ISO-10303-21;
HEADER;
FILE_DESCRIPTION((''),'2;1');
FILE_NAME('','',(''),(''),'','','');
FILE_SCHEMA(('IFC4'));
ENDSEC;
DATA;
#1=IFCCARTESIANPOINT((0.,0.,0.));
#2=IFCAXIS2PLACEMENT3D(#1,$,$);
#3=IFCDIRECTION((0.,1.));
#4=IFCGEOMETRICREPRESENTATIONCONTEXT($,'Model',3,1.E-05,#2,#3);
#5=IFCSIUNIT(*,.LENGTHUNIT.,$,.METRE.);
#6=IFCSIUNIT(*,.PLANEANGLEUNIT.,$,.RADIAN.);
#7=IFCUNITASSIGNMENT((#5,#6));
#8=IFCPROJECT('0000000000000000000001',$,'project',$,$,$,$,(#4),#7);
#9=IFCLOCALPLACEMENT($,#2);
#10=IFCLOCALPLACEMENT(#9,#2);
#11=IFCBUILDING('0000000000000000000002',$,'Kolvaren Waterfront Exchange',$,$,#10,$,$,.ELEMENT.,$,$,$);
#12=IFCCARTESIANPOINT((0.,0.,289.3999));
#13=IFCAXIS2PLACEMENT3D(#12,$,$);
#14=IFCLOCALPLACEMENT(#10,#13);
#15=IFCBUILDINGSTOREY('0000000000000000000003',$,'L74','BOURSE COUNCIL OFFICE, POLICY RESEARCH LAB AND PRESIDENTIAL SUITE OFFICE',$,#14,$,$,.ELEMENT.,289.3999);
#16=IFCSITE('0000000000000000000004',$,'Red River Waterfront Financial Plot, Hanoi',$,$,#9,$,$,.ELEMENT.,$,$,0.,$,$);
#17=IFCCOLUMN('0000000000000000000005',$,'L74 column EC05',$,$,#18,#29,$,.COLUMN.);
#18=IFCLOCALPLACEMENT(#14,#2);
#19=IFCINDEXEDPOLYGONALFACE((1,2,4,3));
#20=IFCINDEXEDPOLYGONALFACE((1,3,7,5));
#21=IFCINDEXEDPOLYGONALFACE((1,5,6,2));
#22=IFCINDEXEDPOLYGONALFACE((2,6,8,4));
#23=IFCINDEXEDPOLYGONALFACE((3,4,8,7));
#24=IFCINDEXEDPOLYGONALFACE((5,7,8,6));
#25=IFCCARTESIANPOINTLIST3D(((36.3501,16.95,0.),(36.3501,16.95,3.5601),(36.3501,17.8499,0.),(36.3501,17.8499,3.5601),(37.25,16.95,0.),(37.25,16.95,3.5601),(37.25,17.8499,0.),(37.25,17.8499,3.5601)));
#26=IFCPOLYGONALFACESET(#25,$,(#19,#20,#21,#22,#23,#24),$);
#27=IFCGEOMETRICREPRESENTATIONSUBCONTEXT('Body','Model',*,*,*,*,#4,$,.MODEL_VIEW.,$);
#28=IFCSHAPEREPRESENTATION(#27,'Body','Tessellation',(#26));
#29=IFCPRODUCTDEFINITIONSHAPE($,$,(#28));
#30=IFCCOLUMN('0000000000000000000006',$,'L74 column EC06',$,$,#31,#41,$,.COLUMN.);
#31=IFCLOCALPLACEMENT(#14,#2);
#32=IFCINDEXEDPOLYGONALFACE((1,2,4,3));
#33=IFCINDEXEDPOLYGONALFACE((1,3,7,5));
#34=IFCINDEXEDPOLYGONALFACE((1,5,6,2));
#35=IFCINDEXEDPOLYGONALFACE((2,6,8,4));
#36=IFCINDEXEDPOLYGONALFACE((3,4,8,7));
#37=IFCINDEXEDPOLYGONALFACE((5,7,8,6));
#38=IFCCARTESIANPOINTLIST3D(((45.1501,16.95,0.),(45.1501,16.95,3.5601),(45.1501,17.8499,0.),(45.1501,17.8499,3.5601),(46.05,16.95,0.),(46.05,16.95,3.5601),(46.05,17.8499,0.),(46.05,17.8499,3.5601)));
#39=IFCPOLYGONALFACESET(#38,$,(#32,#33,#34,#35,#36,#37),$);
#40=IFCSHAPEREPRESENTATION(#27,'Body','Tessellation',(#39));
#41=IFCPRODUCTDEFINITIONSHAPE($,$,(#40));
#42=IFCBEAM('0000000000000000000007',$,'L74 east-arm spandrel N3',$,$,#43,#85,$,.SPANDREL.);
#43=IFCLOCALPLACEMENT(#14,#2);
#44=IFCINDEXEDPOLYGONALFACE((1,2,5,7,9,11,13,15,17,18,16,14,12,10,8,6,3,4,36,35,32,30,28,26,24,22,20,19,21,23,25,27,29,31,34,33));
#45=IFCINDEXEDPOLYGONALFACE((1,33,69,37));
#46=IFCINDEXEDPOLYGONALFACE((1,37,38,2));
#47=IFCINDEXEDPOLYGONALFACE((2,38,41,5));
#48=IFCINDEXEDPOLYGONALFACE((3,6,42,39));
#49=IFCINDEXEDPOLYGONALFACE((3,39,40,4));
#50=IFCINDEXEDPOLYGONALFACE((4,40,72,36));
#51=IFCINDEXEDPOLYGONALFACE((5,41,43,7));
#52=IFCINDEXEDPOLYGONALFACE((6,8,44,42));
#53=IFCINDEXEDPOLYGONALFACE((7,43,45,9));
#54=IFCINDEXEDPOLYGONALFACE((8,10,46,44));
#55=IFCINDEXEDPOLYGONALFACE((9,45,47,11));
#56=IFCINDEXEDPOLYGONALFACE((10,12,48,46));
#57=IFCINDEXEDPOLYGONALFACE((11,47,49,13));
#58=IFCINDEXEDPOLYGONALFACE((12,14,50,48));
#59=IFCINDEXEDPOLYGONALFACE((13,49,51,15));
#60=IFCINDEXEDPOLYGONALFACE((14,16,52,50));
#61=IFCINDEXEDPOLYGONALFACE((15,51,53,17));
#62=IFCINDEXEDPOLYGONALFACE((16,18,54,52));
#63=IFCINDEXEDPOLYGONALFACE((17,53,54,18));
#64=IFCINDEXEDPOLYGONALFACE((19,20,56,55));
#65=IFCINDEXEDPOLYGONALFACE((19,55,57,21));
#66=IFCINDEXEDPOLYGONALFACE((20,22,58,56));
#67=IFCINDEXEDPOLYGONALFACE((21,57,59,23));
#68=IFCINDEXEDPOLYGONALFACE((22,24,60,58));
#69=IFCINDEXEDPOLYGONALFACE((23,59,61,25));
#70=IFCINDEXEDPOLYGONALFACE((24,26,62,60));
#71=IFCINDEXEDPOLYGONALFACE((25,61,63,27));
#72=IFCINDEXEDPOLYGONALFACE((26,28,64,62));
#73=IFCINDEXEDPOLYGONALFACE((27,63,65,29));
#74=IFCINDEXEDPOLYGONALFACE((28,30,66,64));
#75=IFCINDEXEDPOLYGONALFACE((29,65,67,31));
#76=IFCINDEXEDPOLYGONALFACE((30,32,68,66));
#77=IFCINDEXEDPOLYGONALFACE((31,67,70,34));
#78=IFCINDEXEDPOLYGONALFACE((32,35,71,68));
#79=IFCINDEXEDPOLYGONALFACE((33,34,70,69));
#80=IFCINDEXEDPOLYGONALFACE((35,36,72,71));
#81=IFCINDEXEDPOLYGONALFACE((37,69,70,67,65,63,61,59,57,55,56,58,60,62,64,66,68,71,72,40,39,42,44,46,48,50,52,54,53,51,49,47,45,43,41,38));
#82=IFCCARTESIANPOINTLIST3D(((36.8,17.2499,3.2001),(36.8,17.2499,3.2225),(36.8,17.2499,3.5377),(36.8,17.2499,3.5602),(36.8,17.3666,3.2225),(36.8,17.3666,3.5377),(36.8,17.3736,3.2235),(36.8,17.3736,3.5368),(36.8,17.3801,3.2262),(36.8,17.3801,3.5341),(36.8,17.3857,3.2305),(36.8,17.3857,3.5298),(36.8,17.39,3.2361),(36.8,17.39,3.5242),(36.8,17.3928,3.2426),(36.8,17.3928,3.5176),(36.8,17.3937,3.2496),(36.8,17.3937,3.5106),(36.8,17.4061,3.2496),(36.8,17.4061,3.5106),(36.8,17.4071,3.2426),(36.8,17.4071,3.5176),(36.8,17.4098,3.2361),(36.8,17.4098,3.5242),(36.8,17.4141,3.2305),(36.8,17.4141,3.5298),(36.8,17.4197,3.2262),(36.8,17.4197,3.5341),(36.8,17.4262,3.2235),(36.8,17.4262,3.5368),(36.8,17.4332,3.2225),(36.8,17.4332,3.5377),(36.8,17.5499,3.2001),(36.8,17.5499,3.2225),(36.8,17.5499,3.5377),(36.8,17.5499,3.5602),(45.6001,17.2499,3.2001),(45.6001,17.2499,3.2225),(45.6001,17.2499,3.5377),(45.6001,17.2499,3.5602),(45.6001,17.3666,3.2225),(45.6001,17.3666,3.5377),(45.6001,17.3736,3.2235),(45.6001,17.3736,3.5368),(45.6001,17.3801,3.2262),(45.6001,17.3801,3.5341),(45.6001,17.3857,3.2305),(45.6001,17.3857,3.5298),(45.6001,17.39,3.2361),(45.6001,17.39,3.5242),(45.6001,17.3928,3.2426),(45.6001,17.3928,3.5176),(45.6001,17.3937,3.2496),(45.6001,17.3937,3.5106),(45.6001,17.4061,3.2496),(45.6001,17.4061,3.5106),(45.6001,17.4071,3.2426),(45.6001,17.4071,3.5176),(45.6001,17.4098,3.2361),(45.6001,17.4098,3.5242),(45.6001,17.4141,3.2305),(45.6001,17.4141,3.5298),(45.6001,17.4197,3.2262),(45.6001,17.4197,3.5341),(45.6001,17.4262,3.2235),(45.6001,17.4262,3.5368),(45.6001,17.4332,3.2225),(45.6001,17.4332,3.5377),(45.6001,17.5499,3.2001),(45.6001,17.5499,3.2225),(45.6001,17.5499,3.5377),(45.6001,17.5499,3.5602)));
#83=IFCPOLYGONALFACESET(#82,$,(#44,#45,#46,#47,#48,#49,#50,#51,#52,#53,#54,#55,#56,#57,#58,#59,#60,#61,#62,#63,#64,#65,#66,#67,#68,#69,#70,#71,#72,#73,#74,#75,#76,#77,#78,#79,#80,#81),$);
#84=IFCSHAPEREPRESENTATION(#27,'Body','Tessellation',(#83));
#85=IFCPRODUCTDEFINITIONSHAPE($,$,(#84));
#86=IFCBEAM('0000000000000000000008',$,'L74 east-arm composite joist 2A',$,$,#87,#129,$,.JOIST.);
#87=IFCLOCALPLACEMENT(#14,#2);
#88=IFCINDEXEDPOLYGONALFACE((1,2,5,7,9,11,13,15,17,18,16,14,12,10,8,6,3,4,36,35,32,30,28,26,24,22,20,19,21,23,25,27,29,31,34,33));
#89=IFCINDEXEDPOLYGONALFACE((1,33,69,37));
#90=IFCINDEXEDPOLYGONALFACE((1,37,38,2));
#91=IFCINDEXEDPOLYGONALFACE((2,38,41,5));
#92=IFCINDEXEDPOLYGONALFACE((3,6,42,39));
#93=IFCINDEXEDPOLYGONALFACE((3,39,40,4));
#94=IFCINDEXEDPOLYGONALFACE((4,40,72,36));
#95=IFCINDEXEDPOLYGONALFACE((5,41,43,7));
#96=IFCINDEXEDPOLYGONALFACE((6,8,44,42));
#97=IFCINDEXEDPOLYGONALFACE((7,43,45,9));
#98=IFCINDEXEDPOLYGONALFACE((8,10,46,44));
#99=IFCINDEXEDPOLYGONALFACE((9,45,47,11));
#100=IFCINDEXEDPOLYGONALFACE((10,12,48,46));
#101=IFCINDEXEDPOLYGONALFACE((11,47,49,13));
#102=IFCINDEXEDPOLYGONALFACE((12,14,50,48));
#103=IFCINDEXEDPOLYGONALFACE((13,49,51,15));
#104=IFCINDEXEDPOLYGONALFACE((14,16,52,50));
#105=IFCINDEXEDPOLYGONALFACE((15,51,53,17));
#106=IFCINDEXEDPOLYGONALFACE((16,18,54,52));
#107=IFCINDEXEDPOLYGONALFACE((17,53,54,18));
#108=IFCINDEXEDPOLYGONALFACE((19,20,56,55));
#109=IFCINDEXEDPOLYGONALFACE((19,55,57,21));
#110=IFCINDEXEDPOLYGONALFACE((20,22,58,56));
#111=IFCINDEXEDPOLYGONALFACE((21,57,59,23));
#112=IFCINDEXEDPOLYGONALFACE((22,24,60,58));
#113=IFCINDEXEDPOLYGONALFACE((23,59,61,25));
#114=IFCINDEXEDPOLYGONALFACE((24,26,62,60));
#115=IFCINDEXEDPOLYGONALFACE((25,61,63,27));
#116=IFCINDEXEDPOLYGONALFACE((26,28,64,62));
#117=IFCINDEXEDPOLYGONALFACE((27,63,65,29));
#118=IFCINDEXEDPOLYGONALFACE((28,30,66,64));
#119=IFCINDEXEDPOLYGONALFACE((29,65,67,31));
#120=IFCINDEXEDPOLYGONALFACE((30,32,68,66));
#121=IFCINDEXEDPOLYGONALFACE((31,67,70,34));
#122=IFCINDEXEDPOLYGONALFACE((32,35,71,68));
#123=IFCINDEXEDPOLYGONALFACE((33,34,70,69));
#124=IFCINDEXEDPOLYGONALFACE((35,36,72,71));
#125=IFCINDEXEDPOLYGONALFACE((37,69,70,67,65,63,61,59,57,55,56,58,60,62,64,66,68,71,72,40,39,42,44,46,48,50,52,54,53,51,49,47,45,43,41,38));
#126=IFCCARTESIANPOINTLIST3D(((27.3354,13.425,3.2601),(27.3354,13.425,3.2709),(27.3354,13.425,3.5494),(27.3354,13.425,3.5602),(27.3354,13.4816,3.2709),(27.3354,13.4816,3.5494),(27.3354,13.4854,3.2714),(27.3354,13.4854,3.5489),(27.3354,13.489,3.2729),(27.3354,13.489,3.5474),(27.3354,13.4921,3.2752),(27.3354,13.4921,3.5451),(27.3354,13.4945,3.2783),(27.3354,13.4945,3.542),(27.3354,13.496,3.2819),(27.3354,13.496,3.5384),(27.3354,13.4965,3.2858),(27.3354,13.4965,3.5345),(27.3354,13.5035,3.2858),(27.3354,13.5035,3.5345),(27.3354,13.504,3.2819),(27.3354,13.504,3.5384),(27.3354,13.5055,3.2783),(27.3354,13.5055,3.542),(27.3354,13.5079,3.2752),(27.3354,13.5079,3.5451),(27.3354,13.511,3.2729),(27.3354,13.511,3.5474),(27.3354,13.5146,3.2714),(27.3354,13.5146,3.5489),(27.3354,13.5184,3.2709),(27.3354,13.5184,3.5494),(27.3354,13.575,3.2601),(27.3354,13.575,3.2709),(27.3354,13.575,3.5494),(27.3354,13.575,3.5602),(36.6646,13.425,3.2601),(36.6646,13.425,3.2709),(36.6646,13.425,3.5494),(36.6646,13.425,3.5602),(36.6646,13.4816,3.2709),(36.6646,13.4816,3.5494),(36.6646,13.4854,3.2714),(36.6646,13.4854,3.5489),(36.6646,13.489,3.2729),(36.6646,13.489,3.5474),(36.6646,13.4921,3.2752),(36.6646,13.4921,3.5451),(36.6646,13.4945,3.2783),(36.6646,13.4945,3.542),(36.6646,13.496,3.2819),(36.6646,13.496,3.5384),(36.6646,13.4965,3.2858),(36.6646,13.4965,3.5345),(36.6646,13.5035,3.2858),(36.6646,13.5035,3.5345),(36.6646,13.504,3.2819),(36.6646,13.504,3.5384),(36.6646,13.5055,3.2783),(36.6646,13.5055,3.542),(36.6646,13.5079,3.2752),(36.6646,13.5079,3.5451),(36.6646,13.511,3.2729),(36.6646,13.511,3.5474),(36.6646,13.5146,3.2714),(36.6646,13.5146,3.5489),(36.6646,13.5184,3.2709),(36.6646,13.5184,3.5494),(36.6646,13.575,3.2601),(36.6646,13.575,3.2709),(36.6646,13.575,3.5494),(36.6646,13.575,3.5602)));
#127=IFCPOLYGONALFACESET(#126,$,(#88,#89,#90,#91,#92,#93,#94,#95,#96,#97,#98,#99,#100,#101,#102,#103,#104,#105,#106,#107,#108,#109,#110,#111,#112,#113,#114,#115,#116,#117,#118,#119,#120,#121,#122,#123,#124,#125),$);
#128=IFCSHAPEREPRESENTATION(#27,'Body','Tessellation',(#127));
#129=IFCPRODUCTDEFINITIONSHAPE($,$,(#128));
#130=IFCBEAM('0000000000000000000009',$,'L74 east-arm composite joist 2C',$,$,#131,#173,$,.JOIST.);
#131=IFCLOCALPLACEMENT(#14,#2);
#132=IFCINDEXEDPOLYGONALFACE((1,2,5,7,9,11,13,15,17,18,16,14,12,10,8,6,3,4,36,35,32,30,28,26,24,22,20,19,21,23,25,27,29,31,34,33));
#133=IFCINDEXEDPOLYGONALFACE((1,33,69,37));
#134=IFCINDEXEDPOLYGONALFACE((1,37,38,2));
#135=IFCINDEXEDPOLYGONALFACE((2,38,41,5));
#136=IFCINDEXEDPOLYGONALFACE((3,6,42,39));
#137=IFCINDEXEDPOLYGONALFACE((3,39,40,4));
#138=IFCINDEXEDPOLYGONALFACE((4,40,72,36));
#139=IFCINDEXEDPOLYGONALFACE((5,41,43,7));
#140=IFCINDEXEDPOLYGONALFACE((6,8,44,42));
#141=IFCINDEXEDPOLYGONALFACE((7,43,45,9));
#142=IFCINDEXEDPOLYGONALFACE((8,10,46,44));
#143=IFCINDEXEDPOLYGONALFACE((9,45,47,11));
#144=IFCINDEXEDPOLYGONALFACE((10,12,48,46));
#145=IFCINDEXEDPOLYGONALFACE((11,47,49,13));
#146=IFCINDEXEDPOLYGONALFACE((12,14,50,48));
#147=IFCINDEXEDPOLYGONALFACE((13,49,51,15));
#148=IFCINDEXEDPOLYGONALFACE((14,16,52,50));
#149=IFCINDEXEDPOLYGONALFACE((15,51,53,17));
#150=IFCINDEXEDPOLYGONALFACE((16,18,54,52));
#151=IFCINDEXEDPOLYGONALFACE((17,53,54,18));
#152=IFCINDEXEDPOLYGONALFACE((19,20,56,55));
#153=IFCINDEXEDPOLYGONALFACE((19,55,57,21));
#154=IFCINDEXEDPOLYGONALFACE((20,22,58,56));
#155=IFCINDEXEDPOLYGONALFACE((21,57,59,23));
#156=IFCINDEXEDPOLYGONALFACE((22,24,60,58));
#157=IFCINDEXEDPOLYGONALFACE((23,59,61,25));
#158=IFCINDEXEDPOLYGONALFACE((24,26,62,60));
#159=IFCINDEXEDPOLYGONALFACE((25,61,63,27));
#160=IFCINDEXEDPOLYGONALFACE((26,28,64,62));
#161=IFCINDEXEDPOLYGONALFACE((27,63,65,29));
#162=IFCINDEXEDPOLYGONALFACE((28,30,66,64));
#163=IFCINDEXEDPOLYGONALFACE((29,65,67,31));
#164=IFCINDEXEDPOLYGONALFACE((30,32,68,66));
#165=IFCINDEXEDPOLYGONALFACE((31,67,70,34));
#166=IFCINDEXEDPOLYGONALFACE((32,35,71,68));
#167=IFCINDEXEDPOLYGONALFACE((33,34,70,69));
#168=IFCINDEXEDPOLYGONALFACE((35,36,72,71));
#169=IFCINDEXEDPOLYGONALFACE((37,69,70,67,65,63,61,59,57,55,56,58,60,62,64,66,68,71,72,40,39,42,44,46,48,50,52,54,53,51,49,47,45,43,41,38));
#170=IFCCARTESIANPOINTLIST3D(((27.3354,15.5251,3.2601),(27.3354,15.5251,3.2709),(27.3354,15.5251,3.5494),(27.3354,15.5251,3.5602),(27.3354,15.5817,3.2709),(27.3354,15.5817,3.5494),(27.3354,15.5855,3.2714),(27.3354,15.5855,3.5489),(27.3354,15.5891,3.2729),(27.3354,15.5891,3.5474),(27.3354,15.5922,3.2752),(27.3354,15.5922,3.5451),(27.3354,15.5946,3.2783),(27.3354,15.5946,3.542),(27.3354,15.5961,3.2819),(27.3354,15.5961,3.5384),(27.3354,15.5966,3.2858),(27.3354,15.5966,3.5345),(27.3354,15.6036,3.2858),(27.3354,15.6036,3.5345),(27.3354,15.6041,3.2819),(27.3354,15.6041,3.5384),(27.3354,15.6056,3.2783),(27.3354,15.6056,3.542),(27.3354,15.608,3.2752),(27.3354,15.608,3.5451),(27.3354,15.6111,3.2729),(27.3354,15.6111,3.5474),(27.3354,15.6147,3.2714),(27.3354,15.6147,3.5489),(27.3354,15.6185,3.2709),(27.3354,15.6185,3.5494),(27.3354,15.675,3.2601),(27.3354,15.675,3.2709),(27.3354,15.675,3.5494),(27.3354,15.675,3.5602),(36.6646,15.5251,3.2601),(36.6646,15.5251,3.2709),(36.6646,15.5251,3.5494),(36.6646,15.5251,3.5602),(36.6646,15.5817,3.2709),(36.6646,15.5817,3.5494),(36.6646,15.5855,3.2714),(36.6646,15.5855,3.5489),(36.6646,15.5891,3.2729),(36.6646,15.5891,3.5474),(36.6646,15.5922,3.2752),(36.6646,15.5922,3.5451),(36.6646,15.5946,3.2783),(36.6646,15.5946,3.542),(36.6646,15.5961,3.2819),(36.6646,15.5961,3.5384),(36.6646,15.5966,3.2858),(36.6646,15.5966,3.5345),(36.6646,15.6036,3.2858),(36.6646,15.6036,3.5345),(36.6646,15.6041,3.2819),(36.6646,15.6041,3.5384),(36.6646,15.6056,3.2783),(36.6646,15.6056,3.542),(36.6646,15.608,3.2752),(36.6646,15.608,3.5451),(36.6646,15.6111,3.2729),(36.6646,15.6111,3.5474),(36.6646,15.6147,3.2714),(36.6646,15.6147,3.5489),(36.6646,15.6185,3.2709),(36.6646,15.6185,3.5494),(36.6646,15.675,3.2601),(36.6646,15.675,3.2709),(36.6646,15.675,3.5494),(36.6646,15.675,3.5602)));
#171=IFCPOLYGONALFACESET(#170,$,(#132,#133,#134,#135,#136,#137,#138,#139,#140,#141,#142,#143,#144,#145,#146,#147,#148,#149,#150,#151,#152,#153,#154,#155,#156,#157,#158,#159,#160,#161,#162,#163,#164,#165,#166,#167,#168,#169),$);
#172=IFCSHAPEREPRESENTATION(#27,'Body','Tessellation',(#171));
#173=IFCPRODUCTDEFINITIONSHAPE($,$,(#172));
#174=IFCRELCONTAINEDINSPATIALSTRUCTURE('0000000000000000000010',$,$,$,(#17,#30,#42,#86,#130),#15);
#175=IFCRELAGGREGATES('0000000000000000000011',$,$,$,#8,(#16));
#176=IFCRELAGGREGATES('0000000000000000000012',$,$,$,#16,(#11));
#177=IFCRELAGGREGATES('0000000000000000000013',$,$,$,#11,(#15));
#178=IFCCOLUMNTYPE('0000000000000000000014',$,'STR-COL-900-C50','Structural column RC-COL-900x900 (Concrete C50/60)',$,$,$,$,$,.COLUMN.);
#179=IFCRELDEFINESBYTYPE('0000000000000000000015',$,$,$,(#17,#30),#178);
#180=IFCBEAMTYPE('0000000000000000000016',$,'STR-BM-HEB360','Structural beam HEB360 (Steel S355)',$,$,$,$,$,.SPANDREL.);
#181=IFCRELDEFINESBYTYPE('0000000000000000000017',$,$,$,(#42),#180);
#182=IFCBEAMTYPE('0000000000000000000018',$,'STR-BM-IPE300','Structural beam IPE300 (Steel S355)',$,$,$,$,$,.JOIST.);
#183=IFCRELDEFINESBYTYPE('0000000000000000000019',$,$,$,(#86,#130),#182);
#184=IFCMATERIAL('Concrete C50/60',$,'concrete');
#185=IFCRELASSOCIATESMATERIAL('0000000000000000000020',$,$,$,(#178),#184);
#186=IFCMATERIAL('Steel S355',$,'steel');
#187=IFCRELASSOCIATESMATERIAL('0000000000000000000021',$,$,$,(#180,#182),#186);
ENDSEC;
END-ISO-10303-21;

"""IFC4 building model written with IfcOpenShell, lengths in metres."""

from ifc_helpers import new_model, si_unit, direction, frame, origin, origin_2d, place, context, subcontext, project, spatial, rectangle, i_section, extrude, material, material_profile, profile_set, type_object, element, save


model = new_model("IFC4")

# Units and contexts
model_context = context("Model", 3, precision=1e-05, world=origin(), true_north=direction((0.0, 1.0)))
body_context = subcontext(model_context, "Body", "Model", "MODEL_VIEW")
ifc_project = project(units=[si_unit("LENGTHUNIT", "METRE"), si_unit("PLANEANGLEUNIT", "RADIAN")], contexts=[model_context])

# Site, building, storey
site_placement = place(None, origin())
site = spatial("IfcSite", under=ifc_project, at=site_placement, Name="Red River Waterfront Financial Plot, Hanoi", CompositionType="ELEMENT", RefElevation=0.0)
building_placement = place(site_placement, origin())
building = spatial("IfcBuilding", under=site, at=building_placement, Name="Kolvaren Waterfront Exchange", CompositionType="ELEMENT")
storey_placement = place(building_placement, frame((0.0, 0.0, 289.3999)))
storey = spatial("IfcBuildingStorey", under=building, at=storey_placement, Name="L74", Description="BOURSE COUNCIL OFFICE, POLICY RESEARCH LAB AND PRESIDENTIAL SUITE OFFICE", CompositionType="ELEMENT", Elevation=289.3999)

# Columns
ifc_material_1 = material(Name="Concrete C50/60", Category="concrete")
ifc_material_profile_1 = material_profile(ifc_material_1, rectangle(XDim=0.8999, YDim=0.8999, at=origin_2d()), Name="RC-COL-900x900")
ifc_profile_set_1 = profile_set([ifc_material_profile_1], Name="Concrete C50/60")
column_type = type_object("IfcColumnType", Name="STR-COL-900-C50", Description="Structural column RC-COL-900x900 (Concrete C50/60)", PredefinedType="COLUMN", material=ifc_profile_set_1)
for number, where, z_axis, x_axis, name in (
    (1, (36.8, 17.3999, 0.0), (0.0, 0.0, 1.0), (1.0, 0.0, 0.0), "L74 column EC05"),
    (2, (45.6001, 17.3999, 0.0), (0.0, 0.0, 1.0), (1.0, 0.0, 0.0), "L74 column EC06"),
):
    element("IfcColumn", number, at=place(storey_placement, frame(where, z_axis=z_axis, x_axis=x_axis)), inside=storey, type_object=column_type, Name=name, PredefinedType="COLUMN", context=body_context, shape_type="SweptSolid", body=[
        extrude(rectangle(XDim=0.8999, YDim=0.8999, at=origin_2d()), origin(), (0.0, 0.0, 1.0), 3.5601),
    ])

# Beams
ifc_material_2 = material(Name="Steel S355", Category="steel")
ifc_material_profile_2 = material_profile(ifc_material_2, i_section(OverallWidth=0.3, OverallDepth=0.3601, WebThickness=0.0125, FlangeThickness=0.0225, FilletRadius=0.0271, at=origin_2d()), Name="HEB360")
ifc_profile_set_2 = profile_set([ifc_material_profile_2], Name="Steel S355")
beam_type_1 = type_object("IfcBeamType", Name="STR-BM-HEB360", Description="Structural beam HEB360 (Steel S355)", PredefinedType="SPANDREL", material=ifc_profile_set_2)
beam_placement = place(storey_placement, frame((36.8, 17.3999, 3.3801), z_axis=(1.0, 0.0, 0.0), x_axis=(0.0, 1.0, 0.0)))
element("IfcBeam", 3, at=beam_placement, inside=storey, type_object=beam_type_1, Name="L74 east-arm spandrel N3", PredefinedType="SPANDREL", context=body_context, shape_type="SweptSolid", body=[
    extrude(i_section(OverallWidth=0.3, OverallDepth=0.3601, WebThickness=0.0125, FlangeThickness=0.0225, FilletRadius=0.0271, at=origin_2d()), origin(), (0.0, 0.0, 1.0), 8.8),
])
ifc_material_profile_3 = material_profile(ifc_material_2, i_section(OverallWidth=0.1499, OverallDepth=0.3, WebThickness=0.0071, FlangeThickness=0.0107, FilletRadius=0.0149, at=origin_2d()), Name="IPE300")
ifc_profile_set_3 = profile_set([ifc_material_profile_3], Name="Steel S355")
beam_type_2 = type_object("IfcBeamType", Name="STR-BM-IPE300", Description="Structural beam IPE300 (Steel S355)", PredefinedType="JOIST", material=ifc_profile_set_3)
for number, where, z_axis, x_axis, name in (
    (4, (27.3354, 13.5, 3.4102), (1.0, 0.0, 0.0), (0.0, 1.0, 0.0), "L74 east-arm composite joist 2A"),
    (5, (27.3354, 15.6001, 3.4102), (1.0, 0.0, 0.0), (0.0, 1.0, 0.0), "L74 east-arm composite joist 2C"),
):
    element("IfcBeam", number, at=place(storey_placement, frame(where, z_axis=z_axis, x_axis=x_axis)), inside=storey, type_object=beam_type_2, Name=name, PredefinedType="JOIST", context=body_context, shape_type="SweptSolid", body=[
        extrude(i_section(OverallWidth=0.1499, OverallDepth=0.3, WebThickness=0.0071, FlangeThickness=0.0107, FilletRadius=0.0149, at=origin_2d()), origin(), (0.0, 0.0, 1.0), 9.3291),
    ])

save(model, "model.ifc")
